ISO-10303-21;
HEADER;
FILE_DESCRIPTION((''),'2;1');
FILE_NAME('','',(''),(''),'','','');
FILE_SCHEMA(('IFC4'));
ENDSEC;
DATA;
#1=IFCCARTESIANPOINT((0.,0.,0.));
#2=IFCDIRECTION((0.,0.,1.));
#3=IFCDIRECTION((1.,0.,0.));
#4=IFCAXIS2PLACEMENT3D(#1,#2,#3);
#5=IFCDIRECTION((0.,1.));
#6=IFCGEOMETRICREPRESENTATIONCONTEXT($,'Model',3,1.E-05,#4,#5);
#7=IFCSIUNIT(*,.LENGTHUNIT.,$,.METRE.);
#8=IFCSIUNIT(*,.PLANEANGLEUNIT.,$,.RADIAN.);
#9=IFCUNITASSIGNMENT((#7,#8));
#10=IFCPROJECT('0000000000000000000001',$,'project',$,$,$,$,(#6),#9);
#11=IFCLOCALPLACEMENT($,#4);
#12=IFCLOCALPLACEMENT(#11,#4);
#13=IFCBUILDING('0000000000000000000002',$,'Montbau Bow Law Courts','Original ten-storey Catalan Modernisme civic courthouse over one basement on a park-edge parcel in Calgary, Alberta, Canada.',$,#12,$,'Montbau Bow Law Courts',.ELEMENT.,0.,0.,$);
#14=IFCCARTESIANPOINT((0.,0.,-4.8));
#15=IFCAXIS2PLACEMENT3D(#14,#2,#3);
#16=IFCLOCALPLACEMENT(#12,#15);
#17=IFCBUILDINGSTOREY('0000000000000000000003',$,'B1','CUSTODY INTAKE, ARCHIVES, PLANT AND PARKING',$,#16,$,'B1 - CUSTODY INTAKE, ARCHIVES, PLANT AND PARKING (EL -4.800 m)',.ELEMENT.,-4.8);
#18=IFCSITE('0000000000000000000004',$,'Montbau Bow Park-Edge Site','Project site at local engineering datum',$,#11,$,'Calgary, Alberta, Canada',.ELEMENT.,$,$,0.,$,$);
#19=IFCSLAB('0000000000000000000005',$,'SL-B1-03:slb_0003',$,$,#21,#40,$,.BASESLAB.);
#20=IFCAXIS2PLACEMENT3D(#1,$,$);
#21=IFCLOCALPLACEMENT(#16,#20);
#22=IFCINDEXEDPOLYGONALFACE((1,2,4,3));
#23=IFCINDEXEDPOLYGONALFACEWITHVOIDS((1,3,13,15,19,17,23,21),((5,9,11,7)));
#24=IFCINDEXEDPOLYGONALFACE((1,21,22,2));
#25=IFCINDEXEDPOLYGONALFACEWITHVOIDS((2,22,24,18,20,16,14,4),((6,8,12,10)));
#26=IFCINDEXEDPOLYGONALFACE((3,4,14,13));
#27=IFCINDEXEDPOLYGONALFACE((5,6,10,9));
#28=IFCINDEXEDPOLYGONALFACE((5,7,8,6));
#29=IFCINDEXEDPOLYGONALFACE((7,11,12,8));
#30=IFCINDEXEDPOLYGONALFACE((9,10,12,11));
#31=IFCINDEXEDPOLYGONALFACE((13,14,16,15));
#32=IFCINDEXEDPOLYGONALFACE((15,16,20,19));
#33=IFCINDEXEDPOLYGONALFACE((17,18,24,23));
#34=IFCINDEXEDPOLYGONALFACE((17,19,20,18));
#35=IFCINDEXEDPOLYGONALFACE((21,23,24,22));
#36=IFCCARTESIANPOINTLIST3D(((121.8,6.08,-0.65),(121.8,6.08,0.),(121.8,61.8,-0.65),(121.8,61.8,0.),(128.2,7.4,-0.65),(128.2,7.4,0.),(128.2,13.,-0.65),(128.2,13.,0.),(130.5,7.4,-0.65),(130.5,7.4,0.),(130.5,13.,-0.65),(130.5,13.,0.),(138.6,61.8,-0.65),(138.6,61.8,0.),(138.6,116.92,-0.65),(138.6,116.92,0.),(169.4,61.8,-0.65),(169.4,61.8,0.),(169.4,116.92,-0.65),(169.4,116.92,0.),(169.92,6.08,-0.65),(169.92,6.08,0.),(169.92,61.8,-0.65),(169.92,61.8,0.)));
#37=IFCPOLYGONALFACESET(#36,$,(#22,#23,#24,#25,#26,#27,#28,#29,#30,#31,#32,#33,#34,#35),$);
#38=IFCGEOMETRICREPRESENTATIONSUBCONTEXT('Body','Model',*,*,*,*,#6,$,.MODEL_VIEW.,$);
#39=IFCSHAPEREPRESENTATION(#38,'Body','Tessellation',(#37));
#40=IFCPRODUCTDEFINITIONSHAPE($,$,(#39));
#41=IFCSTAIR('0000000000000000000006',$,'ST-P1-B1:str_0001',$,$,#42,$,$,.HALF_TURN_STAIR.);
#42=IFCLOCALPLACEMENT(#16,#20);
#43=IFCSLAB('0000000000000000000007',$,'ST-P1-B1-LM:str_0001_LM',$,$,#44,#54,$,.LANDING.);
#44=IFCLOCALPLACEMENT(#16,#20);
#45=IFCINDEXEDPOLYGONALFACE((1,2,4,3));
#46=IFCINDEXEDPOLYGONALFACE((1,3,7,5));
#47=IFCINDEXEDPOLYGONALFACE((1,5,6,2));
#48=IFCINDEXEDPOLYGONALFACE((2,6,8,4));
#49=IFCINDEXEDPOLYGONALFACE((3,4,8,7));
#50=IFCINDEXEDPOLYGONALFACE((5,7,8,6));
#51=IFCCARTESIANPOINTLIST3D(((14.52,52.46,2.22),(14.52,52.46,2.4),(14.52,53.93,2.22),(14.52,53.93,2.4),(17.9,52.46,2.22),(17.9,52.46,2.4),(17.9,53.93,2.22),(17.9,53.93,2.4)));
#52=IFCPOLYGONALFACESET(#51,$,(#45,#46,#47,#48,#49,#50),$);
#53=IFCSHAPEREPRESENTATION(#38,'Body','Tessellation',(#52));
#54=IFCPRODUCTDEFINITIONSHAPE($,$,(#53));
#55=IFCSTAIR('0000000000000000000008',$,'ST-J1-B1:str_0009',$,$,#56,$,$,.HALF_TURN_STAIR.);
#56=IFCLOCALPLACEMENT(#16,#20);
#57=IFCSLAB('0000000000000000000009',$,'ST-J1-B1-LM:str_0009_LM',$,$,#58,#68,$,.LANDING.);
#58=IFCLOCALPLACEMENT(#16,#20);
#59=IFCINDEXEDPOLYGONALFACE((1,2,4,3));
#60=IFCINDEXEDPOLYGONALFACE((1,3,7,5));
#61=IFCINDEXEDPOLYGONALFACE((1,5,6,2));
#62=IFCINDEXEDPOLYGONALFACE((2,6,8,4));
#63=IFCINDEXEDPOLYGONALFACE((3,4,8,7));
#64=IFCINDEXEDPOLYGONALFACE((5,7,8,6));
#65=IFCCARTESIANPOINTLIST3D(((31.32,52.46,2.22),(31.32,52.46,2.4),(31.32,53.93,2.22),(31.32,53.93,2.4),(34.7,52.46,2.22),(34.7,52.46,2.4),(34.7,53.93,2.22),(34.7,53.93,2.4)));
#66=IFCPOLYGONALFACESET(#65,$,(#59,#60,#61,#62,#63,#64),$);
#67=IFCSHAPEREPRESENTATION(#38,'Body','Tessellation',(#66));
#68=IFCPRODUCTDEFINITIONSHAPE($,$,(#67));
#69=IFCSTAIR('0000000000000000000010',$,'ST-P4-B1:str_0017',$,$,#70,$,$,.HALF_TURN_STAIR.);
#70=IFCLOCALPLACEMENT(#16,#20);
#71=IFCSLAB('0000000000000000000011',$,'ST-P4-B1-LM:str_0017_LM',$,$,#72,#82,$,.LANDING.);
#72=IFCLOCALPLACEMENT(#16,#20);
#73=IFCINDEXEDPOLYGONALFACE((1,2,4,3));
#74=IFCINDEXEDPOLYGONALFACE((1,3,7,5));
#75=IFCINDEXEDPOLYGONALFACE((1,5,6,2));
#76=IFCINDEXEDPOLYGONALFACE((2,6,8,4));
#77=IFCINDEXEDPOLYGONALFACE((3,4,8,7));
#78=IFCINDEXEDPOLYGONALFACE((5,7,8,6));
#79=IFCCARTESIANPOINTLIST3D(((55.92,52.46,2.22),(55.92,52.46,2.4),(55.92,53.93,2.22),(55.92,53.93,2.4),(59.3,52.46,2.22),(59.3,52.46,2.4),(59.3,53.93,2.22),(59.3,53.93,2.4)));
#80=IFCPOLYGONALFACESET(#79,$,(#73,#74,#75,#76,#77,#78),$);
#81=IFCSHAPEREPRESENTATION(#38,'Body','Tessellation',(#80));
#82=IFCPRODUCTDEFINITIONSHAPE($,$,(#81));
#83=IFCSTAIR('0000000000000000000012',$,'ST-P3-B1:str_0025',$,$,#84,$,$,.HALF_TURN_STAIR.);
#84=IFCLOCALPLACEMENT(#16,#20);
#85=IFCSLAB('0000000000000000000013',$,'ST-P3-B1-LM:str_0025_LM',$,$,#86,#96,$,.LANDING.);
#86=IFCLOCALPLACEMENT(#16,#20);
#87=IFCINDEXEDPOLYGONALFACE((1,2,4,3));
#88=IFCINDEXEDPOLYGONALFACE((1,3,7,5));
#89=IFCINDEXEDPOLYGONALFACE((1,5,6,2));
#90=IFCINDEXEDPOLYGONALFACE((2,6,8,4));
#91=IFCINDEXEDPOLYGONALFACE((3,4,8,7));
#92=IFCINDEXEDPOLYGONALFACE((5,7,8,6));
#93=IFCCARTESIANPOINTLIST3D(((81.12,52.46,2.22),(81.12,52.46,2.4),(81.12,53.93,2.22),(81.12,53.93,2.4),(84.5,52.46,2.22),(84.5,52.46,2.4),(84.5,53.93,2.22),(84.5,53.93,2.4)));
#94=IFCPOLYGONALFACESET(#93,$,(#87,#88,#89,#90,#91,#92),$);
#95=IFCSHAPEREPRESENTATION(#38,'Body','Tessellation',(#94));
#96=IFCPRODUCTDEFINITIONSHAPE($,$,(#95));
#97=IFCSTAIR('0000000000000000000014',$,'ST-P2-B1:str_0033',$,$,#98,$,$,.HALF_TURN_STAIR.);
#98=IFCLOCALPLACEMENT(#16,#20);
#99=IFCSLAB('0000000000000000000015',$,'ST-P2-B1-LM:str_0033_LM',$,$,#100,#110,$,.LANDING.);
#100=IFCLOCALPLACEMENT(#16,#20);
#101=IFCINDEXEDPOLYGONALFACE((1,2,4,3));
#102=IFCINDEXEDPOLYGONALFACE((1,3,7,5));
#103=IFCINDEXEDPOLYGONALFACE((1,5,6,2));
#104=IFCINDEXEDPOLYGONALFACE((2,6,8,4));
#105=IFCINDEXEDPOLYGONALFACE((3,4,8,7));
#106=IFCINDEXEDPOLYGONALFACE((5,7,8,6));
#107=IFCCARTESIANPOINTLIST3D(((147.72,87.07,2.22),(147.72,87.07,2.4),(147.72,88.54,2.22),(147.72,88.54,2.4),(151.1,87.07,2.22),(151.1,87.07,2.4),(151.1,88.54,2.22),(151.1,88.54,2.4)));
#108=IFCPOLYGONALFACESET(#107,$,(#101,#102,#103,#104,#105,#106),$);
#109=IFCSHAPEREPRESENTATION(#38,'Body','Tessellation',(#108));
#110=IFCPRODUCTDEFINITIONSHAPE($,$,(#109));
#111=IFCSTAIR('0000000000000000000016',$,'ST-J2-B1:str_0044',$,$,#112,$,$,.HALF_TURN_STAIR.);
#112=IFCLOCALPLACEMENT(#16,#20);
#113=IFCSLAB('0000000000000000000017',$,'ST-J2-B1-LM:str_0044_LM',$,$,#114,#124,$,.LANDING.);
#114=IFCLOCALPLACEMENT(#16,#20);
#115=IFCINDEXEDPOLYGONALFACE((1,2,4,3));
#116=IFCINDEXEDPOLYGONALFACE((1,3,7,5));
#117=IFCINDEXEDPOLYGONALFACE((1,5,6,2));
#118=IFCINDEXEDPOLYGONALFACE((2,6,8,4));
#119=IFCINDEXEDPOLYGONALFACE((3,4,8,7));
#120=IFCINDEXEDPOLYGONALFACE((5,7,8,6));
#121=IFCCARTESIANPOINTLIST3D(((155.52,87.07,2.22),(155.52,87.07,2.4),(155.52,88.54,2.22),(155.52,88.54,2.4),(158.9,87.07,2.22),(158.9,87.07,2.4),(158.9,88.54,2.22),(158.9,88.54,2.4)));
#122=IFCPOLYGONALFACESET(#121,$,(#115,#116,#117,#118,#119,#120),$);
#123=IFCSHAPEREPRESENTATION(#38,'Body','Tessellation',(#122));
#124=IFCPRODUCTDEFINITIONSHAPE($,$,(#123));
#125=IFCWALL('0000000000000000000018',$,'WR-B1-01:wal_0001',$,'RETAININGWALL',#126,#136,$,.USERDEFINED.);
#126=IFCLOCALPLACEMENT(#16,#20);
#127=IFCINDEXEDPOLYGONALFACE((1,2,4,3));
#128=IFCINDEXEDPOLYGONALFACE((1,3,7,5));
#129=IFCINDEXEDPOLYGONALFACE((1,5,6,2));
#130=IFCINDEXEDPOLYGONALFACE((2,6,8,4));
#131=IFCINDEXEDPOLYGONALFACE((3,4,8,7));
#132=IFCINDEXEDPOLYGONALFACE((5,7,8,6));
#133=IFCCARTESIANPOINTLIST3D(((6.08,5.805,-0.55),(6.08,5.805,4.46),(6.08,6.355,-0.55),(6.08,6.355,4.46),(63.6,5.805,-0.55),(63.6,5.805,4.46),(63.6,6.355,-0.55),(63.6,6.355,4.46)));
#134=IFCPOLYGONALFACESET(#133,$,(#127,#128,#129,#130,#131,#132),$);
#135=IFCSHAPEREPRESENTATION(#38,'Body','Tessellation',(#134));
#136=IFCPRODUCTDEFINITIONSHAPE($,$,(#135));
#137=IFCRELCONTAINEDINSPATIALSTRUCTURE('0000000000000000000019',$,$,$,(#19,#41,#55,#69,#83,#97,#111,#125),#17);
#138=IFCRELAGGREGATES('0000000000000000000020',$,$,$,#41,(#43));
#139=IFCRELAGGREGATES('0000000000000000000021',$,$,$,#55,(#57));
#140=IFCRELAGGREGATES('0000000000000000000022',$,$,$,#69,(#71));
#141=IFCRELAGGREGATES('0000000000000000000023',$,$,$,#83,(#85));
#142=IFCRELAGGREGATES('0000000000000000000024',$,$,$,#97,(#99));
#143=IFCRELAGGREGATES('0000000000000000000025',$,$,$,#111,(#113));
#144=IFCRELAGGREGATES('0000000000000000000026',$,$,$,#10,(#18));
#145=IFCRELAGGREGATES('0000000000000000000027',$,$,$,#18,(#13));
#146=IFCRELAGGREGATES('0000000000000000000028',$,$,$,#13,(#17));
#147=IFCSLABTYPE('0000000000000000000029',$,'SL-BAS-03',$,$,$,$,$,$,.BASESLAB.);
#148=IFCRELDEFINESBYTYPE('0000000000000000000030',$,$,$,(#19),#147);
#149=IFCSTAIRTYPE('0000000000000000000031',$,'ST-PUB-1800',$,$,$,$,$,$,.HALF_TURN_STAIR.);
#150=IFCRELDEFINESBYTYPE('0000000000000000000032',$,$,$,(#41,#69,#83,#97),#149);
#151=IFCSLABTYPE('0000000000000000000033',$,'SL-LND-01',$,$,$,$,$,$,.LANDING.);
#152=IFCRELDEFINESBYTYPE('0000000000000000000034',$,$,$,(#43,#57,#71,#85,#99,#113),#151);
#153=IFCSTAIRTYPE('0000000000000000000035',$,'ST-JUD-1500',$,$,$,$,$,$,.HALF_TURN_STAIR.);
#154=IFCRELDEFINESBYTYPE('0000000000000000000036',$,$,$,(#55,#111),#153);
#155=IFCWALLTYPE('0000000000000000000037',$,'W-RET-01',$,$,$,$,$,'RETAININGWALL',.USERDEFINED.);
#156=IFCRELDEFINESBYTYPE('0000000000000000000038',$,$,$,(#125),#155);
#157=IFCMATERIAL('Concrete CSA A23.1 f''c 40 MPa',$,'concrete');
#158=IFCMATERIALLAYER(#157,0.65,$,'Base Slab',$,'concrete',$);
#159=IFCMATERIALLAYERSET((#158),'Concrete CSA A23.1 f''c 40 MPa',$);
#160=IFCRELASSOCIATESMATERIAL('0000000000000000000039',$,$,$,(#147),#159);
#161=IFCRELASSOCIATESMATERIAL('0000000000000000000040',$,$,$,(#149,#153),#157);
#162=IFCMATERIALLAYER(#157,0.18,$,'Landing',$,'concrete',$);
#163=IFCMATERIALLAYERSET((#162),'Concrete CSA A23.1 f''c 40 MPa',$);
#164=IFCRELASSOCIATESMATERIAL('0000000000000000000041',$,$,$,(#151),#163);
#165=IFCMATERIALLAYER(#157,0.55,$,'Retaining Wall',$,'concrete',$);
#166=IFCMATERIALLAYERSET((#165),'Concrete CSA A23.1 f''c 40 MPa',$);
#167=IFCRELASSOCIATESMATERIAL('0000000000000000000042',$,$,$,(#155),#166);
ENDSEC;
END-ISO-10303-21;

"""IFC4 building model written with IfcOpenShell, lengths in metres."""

from ifc_helpers import new_model, si_unit, direction, frame, frame_2d, origin_with_axes, place, context, subcontext, project, spatial, polyline, rectangle, outline, extrude, material, layer, layer_set, type_object, element, aggregate, save


model = new_model("IFC4")

# Units and contexts
model_context = context("Model", 3, precision=1e-05, world=origin_with_axes(), true_north=direction((0.0, 1.0)))
body_context = subcontext(model_context, "Body", "Model", "MODEL_VIEW")
ifc_project = project(units=[si_unit("LENGTHUNIT", "METRE"), si_unit("PLANEANGLEUNIT", "RADIAN")], contexts=[model_context])

# Site, building, storey
site_placement = place(None, origin_with_axes())
site = spatial("IfcSite", under=ifc_project, at=site_placement, Name="Montbau Bow Park-Edge Site", Description="Project site at local engineering datum", LongName="Calgary, Alberta, Canada", CompositionType="ELEMENT", RefElevation=0.0)
building_placement = place(site_placement, origin_with_axes())
building = spatial("IfcBuilding", under=site, at=building_placement, Name="Montbau Bow Law Courts", Description="Original ten-storey Catalan Modernisme civic courthouse over one basement on a park-edge parcel in Calgary, Alberta, Canada.", LongName="Montbau Bow Law Courts", CompositionType="ELEMENT", ElevationOfRefHeight=0.0, ElevationOfTerrain=0.0)
storey_placement = place(building_placement, frame((0.0, 0.0, -4.8), z_axis=(0.0, 0.0, 1.0), x_axis=(1.0, 0.0, 0.0)))
storey = spatial("IfcBuildingStorey", under=building, at=storey_placement, Name="B1", Description="CUSTODY INTAKE, ARCHIVES, PLANT AND PARKING", LongName="B1 - CUSTODY INTAKE, ARCHIVES, PLANT AND PARKING (EL -4.800 m)", CompositionType="ELEMENT", Elevation=-4.8)

# Shared definitions
ifc_material_1 = material(Name="Concrete CSA A23.1 f'c 40 MPa", Category="concrete")

# Slab
ifc_layer_1 = layer(ifc_material_1, 0.65, Name="Base Slab", Category="concrete")
ifc_layer_set_1 = layer_set([ifc_layer_1], Name="Concrete CSA A23.1 f'c 40 MPa")
slab_type_1 = type_object("IfcSlabType", Name="SL-BAS-03", PredefinedType="BASESLAB", material=ifc_layer_set_1)
slab_1_placement = place(None, frame((0.0, 0.0, -5.45), z_axis=(0.0, 0.0, 1.0), x_axis=(1.0, 0.0, 0.0)))
element("IfcSlab", 1, at=slab_1_placement, inside=storey, type_object=slab_type_1, Name="SL-B1-03:slb_0003", PredefinedType="BASESLAB", context=body_context, shape_type="SweptSolid", body=[
    extrude(outline(polyline([(121.8, 6.08), (169.92, 6.08), (169.92, 61.8), (169.4, 61.8), (169.4, 116.92), (138.6, 116.92), (138.6, 61.8), (121.8, 61.8), (121.8, 6.08)]), holes=[polyline([(128.2, 7.4), (130.5, 7.4), (130.5, 13.0), (128.2, 13.0), (128.2, 7.4)])]), origin_with_axes(), (0.0, 0.0, 1.0), 0.65),
])

# Stairs, slabs
stair_type_1 = type_object("IfcStairType", Name="ST-PUB-1800", PredefinedType="HALF_TURN_STAIR", material=ifc_material_1)
stair_1_placement = place(None, frame((15.33, 48.3, -4.8), z_axis=(0.0, 0.0, 1.0), x_axis=(1.0, 0.0, 0.0)))
stair_1 = element("IfcStair", 2, at=stair_1_placement, inside=storey, type_object=stair_type_1, Name="ST-P1-B1:str_0001", PredefinedType="HALF_TURN_STAIR")
ifc_layer_2 = layer(ifc_material_1, 0.18, Name="Landing", Category="concrete")
ifc_layer_set_2 = layer_set([ifc_layer_2], Name="Concrete CSA A23.1 f'c 40 MPa")
slab_type_2 = type_object("IfcSlabType", Name="SL-LND-01", PredefinedType="LANDING", material=ifc_layer_set_2)
slab_2_placement = place(None, frame((0.0, 0.0, -2.58), z_axis=(0.0, 0.0, 1.0), x_axis=(1.0, 0.0, 0.0)))
slab_2 = element("IfcSlab", 3, at=slab_2_placement, type_object=slab_type_2, Name="ST-P1-B1-LM:str_0001_LM", PredefinedType="LANDING", context=body_context, shape_type="SweptSolid", body=[
    extrude(outline(polyline([(14.52, 52.46), (17.9, 52.46), (17.9, 53.93), (14.52, 53.93), (14.52, 52.46)])), origin_with_axes(), (0.0, 0.0, 1.0), 0.18),
])
aggregate(stair_1, [slab_2])
stair_type_2 = type_object("IfcStairType", Name="ST-JUD-1500", PredefinedType="HALF_TURN_STAIR", material=ifc_material_1)
stair_2_placement = place(None, frame((32.09, 48.3, -4.8), z_axis=(0.0, 0.0, 1.0), x_axis=(1.0, 0.0, 0.0)))
stair_2 = element("IfcStair", 4, at=stair_2_placement, inside=storey, type_object=stair_type_2, Name="ST-J1-B1:str_0009", PredefinedType="HALF_TURN_STAIR")
slab_3_placement = place(None, frame((0.0, 0.0, -2.58), z_axis=(0.0, 0.0, 1.0), x_axis=(1.0, 0.0, 0.0)))
slab_3 = element("IfcSlab", 5, at=slab_3_placement, type_object=slab_type_2, Name="ST-J1-B1-LM:str_0009_LM", PredefinedType="LANDING", context=body_context, shape_type="SweptSolid", body=[
    extrude(outline(polyline([(31.32, 52.46), (34.7, 52.46), (34.7, 53.93), (31.32, 53.93), (31.32, 52.46)])), origin_with_axes(), (0.0, 0.0, 1.0), 0.18),
])
aggregate(stair_2, [slab_3])
stair_3_placement = place(None, frame((56.73, 48.3, -4.8), z_axis=(0.0, 0.0, 1.0), x_axis=(1.0, 0.0, 0.0)))
stair_3 = element("IfcStair", 6, at=stair_3_placement, inside=storey, type_object=stair_type_1, Name="ST-P4-B1:str_0017", PredefinedType="HALF_TURN_STAIR")
slab_4_placement = place(None, frame((0.0, 0.0, -2.58), z_axis=(0.0, 0.0, 1.0), x_axis=(1.0, 0.0, 0.0)))
slab_4 = element("IfcSlab", 7, at=slab_4_placement, type_object=slab_type_2, Name="ST-P4-B1-LM:str_0017_LM", PredefinedType="LANDING", context=body_context, shape_type="SweptSolid", body=[
    extrude(outline(polyline([(55.92, 52.46), (59.3, 52.46), (59.3, 53.93), (55.92, 53.93), (55.92, 52.46)])), origin_with_axes(), (0.0, 0.0, 1.0), 0.18),
])
aggregate(stair_3, [slab_4])
stair_4_placement = place(None, frame((81.93, 48.3, -4.8), z_axis=(0.0, 0.0, 1.0), x_axis=(1.0, 0.0, 0.0)))
stair_4 = element("IfcStair", 8, at=stair_4_placement, inside=storey, type_object=stair_type_1, Name="ST-P3-B1:str_0025", PredefinedType="HALF_TURN_STAIR")
slab_5_placement = place(None, frame((0.0, 0.0, -2.58), z_axis=(0.0, 0.0, 1.0), x_axis=(1.0, 0.0, 0.0)))
slab_5 = element("IfcSlab", 9, at=slab_5_placement, type_object=slab_type_2, Name="ST-P3-B1-LM:str_0025_LM", PredefinedType="LANDING", context=body_context, shape_type="SweptSolid", body=[
    extrude(outline(polyline([(81.12, 52.46), (84.5, 52.46), (84.5, 53.93), (81.12, 53.93), (81.12, 52.46)])), origin_with_axes(), (0.0, 0.0, 1.0), 0.18),
])
aggregate(stair_4, [slab_5])
stair_5_placement = place(None, frame((148.53, 92.7, -4.8), z_axis=(0.0, 0.0, 1.0), x_axis=(1.0, 0.0, 0.0)))
stair_5 = element("IfcStair", 10, at=stair_5_placement, inside=storey, type_object=stair_type_1, Name="ST-P2-B1:str_0033", PredefinedType="HALF_TURN_STAIR")
slab_6_placement = place(None, frame((0.0, 0.0, -2.58), z_axis=(0.0, 0.0, 1.0), x_axis=(1.0, 0.0, 0.0)))
slab_6 = element("IfcSlab", 11, at=slab_6_placement, type_object=slab_type_2, Name="ST-P2-B1-LM:str_0033_LM", PredefinedType="LANDING", context=body_context, shape_type="SweptSolid", body=[
    extrude(outline(polyline([(147.72, 87.07), (151.1, 87.07), (151.1, 88.54), (147.72, 88.54), (147.72, 87.07)])), origin_with_axes(), (0.0, 0.0, 1.0), 0.18),
])
aggregate(stair_5, [slab_6])
stair_6_placement = place(None, frame((156.29, 92.7, -4.8), z_axis=(0.0, 0.0, 1.0), x_axis=(1.0, 0.0, 0.0)))
stair_6 = element("IfcStair", 12, at=stair_6_placement, inside=storey, type_object=stair_type_2, Name="ST-J2-B1:str_0044", PredefinedType="HALF_TURN_STAIR")
slab_7_placement = place(None, frame((0.0, 0.0, -2.58), z_axis=(0.0, 0.0, 1.0), x_axis=(1.0, 0.0, 0.0)))
slab_7 = element("IfcSlab", 13, at=slab_7_placement, type_object=slab_type_2, Name="ST-J2-B1-LM:str_0044_LM", PredefinedType="LANDING", context=body_context, shape_type="SweptSolid", body=[
    extrude(outline(polyline([(155.52, 87.07), (158.9, 87.07), (158.9, 88.54), (155.52, 88.54), (155.52, 87.07)])), origin_with_axes(), (0.0, 0.0, 1.0), 0.18),
])
aggregate(stair_6, [slab_7])

# Wall
ifc_layer_3 = layer(ifc_material_1, 0.55, Name="Retaining Wall", Category="concrete")
ifc_layer_set_3 = layer_set([ifc_layer_3], Name="Concrete CSA A23.1 f'c 40 MPa")
wall_type = type_object("IfcWallType", Name="W-RET-01", ElementType="RETAININGWALL", PredefinedType="USERDEFINED", material=ifc_layer_set_3)
wall_placement = place(None, frame((6.08, 6.08, -5.35), z_axis=(0.0, 0.0, 1.0), x_axis=(1.0, 0.0, 0.0)))
element("IfcWall", 14, at=wall_placement, inside=storey, type_object=wall_type, Name="WR-B1-01:wal_0001", ObjectType="RETAININGWALL", PredefinedType="USERDEFINED", context=body_context, shape_type="SweptSolid", body=[
    extrude(rectangle(XDim=57.52, YDim=0.55, at=frame_2d((28.76, 0.0), x_axis=(1.0, 0.0))), origin_with_axes(), (0.0, 0.0, 1.0), 5.01),
])

save(model, "model.ifc")
